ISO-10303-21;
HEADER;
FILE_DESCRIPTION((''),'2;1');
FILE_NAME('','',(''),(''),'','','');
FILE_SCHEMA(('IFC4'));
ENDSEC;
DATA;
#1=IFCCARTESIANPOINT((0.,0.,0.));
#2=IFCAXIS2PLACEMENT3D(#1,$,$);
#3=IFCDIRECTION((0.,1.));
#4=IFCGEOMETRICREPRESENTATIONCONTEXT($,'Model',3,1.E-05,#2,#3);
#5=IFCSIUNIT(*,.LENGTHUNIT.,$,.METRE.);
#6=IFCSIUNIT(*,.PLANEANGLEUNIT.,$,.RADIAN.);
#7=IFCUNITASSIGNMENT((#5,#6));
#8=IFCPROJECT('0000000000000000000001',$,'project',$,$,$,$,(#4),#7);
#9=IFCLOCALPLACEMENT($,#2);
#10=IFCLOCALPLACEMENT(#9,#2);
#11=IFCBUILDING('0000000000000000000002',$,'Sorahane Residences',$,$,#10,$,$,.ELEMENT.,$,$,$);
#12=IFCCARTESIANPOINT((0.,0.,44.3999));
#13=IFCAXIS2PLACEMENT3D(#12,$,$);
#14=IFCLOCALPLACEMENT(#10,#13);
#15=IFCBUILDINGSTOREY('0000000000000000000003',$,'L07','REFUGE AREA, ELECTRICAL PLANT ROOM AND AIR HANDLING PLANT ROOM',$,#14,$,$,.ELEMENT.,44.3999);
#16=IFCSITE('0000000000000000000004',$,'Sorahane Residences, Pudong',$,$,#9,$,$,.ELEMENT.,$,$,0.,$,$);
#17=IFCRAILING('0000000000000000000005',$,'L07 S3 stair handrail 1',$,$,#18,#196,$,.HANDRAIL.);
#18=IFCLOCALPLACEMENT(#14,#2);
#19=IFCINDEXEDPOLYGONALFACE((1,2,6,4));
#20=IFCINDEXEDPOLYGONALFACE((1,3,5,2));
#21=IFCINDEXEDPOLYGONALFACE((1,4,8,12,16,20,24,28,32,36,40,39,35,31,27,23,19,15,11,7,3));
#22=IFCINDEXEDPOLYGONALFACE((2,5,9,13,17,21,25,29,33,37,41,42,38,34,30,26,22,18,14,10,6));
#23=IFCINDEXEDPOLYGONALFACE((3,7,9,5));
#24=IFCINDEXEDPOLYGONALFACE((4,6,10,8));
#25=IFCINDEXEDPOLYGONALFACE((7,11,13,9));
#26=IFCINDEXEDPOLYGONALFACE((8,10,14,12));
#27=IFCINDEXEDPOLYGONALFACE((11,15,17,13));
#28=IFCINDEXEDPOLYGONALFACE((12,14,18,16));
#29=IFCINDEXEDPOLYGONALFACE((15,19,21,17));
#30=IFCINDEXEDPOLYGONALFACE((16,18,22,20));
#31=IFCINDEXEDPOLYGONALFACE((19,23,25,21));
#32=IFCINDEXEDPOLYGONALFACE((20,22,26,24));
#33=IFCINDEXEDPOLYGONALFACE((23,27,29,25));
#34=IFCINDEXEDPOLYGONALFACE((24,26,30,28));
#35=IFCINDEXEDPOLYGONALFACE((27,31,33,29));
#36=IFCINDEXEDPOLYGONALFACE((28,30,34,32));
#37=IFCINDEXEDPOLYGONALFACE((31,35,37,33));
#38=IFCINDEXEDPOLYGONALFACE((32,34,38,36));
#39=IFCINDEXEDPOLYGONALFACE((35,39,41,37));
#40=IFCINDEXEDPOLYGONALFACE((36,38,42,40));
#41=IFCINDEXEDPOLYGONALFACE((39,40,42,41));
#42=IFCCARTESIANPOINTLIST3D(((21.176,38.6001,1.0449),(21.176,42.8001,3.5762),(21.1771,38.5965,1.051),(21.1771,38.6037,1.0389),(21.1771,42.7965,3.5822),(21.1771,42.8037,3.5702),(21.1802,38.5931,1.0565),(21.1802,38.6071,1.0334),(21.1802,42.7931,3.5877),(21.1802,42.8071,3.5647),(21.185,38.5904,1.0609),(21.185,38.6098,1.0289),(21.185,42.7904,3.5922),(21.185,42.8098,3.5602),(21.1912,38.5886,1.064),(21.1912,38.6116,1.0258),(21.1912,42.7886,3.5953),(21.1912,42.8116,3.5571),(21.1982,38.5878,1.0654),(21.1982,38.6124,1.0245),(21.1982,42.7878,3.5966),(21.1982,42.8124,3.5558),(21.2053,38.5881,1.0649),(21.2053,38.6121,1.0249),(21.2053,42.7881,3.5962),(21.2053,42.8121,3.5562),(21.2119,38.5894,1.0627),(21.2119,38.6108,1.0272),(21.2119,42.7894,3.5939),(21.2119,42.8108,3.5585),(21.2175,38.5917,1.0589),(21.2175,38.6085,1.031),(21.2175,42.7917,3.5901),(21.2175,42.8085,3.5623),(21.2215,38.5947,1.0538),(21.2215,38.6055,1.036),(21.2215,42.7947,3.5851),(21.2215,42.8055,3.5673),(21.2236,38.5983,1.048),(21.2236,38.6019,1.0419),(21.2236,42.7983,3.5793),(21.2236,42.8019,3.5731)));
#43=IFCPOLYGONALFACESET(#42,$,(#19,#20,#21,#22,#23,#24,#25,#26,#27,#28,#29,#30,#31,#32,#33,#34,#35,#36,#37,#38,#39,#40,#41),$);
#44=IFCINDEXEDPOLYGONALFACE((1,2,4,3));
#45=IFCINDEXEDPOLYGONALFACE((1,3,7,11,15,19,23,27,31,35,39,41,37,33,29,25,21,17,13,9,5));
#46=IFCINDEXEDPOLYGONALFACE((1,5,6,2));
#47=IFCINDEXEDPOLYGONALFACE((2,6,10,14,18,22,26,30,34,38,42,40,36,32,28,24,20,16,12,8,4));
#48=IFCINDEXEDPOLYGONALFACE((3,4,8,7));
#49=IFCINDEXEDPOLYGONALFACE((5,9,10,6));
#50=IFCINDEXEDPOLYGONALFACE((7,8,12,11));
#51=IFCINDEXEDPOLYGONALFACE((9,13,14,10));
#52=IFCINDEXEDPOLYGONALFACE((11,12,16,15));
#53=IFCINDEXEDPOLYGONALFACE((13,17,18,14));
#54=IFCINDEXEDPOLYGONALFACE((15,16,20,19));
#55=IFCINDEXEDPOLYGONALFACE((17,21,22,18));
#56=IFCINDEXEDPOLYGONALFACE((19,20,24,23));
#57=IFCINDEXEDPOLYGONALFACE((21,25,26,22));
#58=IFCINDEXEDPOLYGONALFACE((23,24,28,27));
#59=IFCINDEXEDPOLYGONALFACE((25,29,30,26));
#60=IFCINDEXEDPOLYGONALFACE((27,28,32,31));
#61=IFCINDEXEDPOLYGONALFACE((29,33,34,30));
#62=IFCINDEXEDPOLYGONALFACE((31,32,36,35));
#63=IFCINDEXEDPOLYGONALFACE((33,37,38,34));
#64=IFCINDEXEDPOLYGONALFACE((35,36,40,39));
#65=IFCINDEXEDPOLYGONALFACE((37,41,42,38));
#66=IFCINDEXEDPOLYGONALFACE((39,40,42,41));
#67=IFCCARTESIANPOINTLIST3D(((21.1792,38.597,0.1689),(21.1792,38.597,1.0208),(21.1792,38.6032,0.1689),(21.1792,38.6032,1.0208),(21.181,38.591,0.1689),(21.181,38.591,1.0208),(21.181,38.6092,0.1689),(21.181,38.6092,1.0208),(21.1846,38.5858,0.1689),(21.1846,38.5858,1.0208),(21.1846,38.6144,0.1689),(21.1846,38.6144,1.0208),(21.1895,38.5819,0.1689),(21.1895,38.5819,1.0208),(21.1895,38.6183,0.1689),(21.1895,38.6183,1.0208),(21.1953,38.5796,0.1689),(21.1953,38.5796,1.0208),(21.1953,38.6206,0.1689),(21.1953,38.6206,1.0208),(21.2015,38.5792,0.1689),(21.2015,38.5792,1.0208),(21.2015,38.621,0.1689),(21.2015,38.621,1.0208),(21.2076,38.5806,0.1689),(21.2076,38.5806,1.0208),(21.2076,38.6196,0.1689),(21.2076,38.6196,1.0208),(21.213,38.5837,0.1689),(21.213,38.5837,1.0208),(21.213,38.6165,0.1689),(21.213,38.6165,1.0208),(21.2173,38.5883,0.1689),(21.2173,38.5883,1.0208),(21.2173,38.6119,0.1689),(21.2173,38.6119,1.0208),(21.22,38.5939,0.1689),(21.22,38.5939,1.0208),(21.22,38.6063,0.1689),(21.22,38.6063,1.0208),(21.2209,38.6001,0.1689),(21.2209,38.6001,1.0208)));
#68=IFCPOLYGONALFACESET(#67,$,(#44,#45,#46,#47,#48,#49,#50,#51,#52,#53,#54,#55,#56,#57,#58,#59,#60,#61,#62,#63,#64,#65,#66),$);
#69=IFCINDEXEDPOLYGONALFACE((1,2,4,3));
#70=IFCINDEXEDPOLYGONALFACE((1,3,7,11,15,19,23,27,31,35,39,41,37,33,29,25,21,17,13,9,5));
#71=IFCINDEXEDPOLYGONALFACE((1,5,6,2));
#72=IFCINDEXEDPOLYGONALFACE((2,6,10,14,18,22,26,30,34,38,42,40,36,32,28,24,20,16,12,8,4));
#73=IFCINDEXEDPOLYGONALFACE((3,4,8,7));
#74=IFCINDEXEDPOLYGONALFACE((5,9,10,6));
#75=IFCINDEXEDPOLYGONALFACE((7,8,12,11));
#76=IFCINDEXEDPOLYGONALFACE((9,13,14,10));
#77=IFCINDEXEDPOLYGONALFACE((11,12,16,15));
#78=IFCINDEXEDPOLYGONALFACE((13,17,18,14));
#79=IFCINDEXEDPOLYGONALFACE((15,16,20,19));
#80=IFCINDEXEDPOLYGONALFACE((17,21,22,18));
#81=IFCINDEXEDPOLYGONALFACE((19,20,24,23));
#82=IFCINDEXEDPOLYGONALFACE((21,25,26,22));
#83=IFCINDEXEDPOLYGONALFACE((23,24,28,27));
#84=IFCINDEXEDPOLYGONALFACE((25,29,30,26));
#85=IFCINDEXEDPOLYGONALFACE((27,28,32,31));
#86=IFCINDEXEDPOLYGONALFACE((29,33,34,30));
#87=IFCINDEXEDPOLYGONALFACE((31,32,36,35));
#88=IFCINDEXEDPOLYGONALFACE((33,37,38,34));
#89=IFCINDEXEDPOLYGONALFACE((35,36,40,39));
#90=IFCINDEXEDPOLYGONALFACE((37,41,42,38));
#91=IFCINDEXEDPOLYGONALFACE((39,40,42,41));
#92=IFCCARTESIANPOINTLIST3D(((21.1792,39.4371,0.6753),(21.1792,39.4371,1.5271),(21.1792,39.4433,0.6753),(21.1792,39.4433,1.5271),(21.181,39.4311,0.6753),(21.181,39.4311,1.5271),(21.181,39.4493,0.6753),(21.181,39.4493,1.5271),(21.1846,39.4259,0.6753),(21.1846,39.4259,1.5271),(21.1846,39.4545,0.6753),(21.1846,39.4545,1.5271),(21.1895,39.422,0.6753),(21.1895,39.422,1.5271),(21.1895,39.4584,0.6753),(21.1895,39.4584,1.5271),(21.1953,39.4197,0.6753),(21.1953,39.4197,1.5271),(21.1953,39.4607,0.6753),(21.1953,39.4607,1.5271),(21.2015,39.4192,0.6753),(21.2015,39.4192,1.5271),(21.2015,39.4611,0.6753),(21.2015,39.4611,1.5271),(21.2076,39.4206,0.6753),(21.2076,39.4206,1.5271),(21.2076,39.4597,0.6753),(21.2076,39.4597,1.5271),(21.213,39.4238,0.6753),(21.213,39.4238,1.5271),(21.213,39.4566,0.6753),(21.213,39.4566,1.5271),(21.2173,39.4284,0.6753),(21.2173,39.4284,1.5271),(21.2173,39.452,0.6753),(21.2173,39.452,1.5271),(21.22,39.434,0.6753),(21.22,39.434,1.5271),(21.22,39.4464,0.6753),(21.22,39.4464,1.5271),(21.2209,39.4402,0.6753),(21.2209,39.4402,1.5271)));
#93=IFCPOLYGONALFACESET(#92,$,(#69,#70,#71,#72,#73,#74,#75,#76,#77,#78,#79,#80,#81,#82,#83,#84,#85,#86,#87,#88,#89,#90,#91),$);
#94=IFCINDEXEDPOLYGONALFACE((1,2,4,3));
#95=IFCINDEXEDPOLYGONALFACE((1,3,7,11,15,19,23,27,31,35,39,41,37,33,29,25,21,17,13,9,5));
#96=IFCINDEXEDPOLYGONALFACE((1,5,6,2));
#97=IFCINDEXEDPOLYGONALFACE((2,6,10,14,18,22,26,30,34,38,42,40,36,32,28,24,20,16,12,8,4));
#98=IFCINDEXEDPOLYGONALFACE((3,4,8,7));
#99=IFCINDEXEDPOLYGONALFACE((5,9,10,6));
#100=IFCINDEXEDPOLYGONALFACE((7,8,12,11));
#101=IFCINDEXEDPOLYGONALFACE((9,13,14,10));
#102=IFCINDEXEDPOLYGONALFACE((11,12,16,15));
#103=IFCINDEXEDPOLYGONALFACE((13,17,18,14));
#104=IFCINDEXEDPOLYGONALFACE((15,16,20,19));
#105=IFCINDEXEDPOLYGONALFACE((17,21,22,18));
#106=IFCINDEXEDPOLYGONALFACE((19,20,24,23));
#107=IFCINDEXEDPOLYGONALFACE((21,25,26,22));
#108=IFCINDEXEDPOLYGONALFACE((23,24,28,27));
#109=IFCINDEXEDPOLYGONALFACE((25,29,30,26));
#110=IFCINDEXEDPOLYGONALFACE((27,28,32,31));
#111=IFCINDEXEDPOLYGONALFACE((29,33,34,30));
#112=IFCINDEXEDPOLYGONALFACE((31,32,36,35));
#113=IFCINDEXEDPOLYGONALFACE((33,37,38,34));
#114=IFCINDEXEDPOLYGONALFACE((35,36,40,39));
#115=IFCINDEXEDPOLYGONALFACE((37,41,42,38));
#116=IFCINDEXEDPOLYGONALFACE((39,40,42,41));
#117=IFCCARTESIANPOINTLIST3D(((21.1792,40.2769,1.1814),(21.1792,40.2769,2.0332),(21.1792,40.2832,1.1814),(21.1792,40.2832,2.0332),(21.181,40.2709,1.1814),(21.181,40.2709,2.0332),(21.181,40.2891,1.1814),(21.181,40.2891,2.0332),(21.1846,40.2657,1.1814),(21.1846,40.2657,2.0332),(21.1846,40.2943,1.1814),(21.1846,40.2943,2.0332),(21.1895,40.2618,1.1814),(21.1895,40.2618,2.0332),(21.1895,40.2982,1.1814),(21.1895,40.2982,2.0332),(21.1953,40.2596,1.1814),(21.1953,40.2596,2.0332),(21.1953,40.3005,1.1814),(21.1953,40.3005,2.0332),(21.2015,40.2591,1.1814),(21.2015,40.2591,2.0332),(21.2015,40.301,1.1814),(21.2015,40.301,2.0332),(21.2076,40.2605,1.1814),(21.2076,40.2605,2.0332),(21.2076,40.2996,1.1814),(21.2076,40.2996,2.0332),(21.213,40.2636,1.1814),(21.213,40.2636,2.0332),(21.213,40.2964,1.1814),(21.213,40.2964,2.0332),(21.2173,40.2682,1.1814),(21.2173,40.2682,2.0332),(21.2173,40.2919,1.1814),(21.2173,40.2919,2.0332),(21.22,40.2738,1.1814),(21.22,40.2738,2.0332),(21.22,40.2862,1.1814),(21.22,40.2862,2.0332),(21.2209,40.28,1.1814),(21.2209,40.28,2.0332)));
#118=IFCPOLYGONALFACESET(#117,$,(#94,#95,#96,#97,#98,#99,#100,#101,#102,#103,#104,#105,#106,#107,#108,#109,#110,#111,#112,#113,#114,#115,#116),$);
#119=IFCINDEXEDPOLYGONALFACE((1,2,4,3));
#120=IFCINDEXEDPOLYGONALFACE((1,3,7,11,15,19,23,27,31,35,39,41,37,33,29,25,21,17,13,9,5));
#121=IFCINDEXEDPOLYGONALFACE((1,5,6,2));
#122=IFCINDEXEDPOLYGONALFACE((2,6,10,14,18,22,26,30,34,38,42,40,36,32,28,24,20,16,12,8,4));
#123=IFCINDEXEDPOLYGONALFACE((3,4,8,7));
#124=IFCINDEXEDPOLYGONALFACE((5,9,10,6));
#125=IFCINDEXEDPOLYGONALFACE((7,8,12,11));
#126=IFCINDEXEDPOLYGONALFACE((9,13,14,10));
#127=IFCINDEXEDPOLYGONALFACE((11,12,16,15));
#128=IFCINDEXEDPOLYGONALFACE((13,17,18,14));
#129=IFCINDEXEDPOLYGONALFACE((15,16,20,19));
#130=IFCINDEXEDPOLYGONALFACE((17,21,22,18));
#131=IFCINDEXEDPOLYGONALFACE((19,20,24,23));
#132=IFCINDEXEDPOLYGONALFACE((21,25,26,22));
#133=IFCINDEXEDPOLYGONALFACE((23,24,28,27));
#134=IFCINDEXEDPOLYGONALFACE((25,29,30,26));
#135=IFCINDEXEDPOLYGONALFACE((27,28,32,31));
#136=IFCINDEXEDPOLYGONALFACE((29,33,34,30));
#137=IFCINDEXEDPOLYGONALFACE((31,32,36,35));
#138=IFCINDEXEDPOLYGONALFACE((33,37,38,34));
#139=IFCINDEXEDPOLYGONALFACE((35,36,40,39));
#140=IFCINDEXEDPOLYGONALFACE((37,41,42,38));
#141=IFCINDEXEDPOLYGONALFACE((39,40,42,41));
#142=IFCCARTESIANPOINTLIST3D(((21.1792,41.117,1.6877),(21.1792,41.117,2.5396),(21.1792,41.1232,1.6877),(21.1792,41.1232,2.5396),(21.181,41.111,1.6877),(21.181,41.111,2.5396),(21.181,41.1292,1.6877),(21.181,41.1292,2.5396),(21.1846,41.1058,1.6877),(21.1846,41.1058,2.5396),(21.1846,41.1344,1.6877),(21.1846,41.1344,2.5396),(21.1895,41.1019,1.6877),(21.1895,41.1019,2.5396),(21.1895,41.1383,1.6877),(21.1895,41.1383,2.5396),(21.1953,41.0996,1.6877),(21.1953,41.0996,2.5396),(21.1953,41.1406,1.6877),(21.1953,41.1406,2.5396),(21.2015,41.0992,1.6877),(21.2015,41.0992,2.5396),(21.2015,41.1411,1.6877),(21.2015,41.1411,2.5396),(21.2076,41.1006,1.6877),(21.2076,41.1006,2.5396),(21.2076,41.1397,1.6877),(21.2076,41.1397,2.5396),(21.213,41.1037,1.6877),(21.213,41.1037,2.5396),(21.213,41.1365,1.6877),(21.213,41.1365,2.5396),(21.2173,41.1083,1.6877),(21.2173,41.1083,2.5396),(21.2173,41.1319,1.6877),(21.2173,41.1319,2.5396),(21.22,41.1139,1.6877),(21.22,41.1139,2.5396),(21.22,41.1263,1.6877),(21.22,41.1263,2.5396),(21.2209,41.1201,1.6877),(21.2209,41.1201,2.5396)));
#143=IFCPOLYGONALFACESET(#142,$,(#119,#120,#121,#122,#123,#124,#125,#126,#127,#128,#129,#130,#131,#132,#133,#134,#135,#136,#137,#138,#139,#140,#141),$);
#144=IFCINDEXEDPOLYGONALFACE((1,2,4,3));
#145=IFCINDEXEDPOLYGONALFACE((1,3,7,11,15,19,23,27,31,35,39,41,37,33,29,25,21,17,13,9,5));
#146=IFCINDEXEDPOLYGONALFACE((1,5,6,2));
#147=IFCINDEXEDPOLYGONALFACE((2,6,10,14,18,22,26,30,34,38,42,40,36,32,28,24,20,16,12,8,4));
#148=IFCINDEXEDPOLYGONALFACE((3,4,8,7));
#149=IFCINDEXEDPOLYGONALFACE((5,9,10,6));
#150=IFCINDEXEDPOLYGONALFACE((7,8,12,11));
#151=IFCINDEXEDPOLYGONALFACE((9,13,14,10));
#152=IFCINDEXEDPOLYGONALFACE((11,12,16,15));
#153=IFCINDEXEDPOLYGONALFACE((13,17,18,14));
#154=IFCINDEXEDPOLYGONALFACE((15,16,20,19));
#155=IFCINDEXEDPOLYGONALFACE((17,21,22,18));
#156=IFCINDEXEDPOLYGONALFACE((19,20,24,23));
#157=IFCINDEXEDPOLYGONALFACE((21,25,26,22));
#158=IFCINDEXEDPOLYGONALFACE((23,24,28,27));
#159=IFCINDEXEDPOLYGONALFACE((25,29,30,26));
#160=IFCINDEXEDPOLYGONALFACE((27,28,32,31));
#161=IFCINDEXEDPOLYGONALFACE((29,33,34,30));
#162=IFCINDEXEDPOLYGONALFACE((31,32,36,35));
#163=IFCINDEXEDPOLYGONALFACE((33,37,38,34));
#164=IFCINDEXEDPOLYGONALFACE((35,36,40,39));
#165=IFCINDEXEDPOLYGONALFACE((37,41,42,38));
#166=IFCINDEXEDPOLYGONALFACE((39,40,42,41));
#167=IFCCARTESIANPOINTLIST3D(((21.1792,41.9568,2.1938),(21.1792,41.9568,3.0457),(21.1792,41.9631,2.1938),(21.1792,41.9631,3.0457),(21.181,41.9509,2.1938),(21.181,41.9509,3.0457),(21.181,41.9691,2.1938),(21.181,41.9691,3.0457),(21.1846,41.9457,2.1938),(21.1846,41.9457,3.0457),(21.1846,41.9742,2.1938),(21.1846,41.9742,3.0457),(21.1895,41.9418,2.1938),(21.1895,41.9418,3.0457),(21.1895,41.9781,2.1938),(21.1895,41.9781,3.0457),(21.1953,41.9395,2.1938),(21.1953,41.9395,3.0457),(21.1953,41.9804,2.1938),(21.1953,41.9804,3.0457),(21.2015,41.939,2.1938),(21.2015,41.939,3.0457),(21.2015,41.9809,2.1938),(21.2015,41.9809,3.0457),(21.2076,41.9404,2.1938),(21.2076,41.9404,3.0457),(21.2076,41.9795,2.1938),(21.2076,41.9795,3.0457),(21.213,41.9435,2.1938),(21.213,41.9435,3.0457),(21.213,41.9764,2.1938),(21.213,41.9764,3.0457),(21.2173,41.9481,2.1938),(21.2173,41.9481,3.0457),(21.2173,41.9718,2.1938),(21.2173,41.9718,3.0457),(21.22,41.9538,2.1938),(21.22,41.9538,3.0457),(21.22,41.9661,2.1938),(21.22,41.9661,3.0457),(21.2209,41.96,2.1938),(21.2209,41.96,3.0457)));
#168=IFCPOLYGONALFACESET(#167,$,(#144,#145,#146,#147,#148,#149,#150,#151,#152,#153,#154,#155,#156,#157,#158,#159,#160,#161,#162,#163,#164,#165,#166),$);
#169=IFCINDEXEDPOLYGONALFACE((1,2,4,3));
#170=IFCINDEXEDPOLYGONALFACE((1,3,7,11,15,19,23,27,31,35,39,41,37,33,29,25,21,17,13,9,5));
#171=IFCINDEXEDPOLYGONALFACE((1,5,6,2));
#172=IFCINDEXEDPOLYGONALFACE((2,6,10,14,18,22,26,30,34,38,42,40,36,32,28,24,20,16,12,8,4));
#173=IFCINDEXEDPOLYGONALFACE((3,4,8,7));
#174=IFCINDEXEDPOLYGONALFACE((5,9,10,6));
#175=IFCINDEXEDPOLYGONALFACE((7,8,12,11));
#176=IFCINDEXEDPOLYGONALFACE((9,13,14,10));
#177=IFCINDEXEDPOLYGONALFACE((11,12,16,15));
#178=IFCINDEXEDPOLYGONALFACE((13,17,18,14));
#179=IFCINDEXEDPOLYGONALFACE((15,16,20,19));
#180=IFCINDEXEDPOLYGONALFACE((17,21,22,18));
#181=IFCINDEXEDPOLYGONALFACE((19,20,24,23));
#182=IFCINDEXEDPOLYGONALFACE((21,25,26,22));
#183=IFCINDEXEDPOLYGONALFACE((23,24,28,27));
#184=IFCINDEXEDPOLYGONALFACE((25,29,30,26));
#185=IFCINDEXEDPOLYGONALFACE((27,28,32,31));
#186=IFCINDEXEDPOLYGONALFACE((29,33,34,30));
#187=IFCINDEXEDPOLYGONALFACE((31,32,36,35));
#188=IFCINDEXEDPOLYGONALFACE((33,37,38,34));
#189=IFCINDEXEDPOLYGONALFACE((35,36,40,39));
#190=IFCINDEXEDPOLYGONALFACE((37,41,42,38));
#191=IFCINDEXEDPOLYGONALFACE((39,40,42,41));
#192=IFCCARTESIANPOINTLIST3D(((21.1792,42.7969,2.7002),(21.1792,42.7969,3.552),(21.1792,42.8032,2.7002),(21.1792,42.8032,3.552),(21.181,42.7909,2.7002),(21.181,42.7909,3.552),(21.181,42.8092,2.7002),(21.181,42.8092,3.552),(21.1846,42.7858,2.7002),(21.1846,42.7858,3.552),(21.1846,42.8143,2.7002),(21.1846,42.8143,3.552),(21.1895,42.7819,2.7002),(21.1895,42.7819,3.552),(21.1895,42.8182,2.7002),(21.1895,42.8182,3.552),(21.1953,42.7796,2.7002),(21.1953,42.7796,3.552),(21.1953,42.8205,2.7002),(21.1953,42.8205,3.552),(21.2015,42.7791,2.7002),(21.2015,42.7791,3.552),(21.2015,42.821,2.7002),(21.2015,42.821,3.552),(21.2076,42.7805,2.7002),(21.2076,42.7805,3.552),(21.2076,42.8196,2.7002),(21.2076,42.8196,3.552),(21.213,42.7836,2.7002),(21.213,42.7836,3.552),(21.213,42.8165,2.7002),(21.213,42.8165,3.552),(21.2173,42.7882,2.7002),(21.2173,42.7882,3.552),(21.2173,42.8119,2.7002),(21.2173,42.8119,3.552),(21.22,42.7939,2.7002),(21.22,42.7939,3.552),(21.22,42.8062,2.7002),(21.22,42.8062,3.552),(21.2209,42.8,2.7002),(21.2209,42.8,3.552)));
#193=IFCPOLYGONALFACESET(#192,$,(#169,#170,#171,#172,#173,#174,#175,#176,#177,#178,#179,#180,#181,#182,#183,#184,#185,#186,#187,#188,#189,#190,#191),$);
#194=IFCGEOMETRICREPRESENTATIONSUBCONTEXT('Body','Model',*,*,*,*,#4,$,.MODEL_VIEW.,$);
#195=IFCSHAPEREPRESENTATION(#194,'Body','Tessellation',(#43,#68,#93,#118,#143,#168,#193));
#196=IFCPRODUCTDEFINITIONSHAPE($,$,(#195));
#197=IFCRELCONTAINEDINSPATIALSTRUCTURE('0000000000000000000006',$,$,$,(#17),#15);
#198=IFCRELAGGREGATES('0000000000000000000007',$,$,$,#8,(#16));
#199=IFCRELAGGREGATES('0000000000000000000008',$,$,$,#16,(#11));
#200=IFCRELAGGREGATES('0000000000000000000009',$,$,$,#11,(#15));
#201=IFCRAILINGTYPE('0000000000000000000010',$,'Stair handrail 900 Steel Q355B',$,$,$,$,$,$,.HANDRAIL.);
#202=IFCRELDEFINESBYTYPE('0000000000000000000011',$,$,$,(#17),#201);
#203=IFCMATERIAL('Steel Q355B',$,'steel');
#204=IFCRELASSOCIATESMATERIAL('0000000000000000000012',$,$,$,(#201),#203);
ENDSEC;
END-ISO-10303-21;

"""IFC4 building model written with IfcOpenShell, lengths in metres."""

from ifc_helpers import new_model, si_unit, direction, frame, origin, origin_2d, place, context, subcontext, project, spatial, circle, extrude, material, type_object, element, save


model = new_model("IFC4")

# Units and contexts
model_context = context("Model", 3, precision=1e-05, world=origin(), true_north=direction((0.0, 1.0)))
body_context = subcontext(model_context, "Body", "Model", "MODEL_VIEW")
ifc_project = project(units=[si_unit("LENGTHUNIT", "METRE"), si_unit("PLANEANGLEUNIT", "RADIAN")], contexts=[model_context])

# Site, building, storey
site_placement = place(None, origin())
site = spatial("IfcSite", under=ifc_project, at=site_placement, Name="Sorahane Residences, Pudong", CompositionType="ELEMENT", RefElevation=0.0)
building_placement = place(site_placement, origin())
building = spatial("IfcBuilding", under=site, at=building_placement, Name="Sorahane Residences", CompositionType="ELEMENT")
storey_placement = place(building_placement, frame((0.0, 0.0, 44.3999)))
storey = spatial("IfcBuildingStorey", under=building, at=storey_placement, Name="L07", Description="REFUGE AREA, ELECTRICAL PLANT ROOM AND AIR HANDLING PLANT ROOM", CompositionType="ELEMENT", Elevation=44.3999)

# Railing
ifc_material_1 = material(Name="Steel Q355B", Category="steel")
railing_type_1 = type_object("IfcRailingType", Name="Stair handrail 900 Steel Q355B", PredefinedType="HANDRAIL", material=ifc_material_1)
railing_1_placement = place(storey_placement, frame((21.2, 38.6001, 0.1689)))
element("IfcRailing", 1, at=railing_1_placement, inside=storey, type_object=railing_type_1, Name="L07 S3 stair handrail 1", PredefinedType="HANDRAIL", context=body_context, shape_type="SweptSolid", body=[
    extrude(circle(Radius=0.0239, at=origin_2d()), frame((0.0, 0.0, 0.876), z_axis=(0.0, 0.856476, 0.516186), x_axis=(-1.0, 0.0, 0.0)), (0.0, 0.0, 1.0), 4.9038),
    extrude(circle(Radius=0.021, at=origin_2d()), origin(), (0.0, 0.0, 1.0), 0.8518),
    extrude(circle(Radius=0.021, at=origin_2d()), frame((0.0, 0.8401, 0.5063)), (0.0, 0.0, 1.0), 0.8518),
    extrude(circle(Radius=0.021, at=origin_2d()), frame((0.0, 1.6799, 1.0125)), (0.0, 0.0, 1.0), 0.8518),
    extrude(circle(Radius=0.021, at=origin_2d()), frame((0.0, 2.52, 1.5188)), (0.0, 0.0, 1.0), 0.8518),
    extrude(circle(Radius=0.021, at=origin_2d()), frame((0.0, 3.3599, 2.0249)), (0.0, 0.0, 1.0), 0.8518),
    extrude(circle(Radius=0.021, at=origin_2d()), frame((0.0, 4.2, 2.5312)), (0.0, 0.0, 1.0), 0.8518),
])

save(model, "model.ifc")
